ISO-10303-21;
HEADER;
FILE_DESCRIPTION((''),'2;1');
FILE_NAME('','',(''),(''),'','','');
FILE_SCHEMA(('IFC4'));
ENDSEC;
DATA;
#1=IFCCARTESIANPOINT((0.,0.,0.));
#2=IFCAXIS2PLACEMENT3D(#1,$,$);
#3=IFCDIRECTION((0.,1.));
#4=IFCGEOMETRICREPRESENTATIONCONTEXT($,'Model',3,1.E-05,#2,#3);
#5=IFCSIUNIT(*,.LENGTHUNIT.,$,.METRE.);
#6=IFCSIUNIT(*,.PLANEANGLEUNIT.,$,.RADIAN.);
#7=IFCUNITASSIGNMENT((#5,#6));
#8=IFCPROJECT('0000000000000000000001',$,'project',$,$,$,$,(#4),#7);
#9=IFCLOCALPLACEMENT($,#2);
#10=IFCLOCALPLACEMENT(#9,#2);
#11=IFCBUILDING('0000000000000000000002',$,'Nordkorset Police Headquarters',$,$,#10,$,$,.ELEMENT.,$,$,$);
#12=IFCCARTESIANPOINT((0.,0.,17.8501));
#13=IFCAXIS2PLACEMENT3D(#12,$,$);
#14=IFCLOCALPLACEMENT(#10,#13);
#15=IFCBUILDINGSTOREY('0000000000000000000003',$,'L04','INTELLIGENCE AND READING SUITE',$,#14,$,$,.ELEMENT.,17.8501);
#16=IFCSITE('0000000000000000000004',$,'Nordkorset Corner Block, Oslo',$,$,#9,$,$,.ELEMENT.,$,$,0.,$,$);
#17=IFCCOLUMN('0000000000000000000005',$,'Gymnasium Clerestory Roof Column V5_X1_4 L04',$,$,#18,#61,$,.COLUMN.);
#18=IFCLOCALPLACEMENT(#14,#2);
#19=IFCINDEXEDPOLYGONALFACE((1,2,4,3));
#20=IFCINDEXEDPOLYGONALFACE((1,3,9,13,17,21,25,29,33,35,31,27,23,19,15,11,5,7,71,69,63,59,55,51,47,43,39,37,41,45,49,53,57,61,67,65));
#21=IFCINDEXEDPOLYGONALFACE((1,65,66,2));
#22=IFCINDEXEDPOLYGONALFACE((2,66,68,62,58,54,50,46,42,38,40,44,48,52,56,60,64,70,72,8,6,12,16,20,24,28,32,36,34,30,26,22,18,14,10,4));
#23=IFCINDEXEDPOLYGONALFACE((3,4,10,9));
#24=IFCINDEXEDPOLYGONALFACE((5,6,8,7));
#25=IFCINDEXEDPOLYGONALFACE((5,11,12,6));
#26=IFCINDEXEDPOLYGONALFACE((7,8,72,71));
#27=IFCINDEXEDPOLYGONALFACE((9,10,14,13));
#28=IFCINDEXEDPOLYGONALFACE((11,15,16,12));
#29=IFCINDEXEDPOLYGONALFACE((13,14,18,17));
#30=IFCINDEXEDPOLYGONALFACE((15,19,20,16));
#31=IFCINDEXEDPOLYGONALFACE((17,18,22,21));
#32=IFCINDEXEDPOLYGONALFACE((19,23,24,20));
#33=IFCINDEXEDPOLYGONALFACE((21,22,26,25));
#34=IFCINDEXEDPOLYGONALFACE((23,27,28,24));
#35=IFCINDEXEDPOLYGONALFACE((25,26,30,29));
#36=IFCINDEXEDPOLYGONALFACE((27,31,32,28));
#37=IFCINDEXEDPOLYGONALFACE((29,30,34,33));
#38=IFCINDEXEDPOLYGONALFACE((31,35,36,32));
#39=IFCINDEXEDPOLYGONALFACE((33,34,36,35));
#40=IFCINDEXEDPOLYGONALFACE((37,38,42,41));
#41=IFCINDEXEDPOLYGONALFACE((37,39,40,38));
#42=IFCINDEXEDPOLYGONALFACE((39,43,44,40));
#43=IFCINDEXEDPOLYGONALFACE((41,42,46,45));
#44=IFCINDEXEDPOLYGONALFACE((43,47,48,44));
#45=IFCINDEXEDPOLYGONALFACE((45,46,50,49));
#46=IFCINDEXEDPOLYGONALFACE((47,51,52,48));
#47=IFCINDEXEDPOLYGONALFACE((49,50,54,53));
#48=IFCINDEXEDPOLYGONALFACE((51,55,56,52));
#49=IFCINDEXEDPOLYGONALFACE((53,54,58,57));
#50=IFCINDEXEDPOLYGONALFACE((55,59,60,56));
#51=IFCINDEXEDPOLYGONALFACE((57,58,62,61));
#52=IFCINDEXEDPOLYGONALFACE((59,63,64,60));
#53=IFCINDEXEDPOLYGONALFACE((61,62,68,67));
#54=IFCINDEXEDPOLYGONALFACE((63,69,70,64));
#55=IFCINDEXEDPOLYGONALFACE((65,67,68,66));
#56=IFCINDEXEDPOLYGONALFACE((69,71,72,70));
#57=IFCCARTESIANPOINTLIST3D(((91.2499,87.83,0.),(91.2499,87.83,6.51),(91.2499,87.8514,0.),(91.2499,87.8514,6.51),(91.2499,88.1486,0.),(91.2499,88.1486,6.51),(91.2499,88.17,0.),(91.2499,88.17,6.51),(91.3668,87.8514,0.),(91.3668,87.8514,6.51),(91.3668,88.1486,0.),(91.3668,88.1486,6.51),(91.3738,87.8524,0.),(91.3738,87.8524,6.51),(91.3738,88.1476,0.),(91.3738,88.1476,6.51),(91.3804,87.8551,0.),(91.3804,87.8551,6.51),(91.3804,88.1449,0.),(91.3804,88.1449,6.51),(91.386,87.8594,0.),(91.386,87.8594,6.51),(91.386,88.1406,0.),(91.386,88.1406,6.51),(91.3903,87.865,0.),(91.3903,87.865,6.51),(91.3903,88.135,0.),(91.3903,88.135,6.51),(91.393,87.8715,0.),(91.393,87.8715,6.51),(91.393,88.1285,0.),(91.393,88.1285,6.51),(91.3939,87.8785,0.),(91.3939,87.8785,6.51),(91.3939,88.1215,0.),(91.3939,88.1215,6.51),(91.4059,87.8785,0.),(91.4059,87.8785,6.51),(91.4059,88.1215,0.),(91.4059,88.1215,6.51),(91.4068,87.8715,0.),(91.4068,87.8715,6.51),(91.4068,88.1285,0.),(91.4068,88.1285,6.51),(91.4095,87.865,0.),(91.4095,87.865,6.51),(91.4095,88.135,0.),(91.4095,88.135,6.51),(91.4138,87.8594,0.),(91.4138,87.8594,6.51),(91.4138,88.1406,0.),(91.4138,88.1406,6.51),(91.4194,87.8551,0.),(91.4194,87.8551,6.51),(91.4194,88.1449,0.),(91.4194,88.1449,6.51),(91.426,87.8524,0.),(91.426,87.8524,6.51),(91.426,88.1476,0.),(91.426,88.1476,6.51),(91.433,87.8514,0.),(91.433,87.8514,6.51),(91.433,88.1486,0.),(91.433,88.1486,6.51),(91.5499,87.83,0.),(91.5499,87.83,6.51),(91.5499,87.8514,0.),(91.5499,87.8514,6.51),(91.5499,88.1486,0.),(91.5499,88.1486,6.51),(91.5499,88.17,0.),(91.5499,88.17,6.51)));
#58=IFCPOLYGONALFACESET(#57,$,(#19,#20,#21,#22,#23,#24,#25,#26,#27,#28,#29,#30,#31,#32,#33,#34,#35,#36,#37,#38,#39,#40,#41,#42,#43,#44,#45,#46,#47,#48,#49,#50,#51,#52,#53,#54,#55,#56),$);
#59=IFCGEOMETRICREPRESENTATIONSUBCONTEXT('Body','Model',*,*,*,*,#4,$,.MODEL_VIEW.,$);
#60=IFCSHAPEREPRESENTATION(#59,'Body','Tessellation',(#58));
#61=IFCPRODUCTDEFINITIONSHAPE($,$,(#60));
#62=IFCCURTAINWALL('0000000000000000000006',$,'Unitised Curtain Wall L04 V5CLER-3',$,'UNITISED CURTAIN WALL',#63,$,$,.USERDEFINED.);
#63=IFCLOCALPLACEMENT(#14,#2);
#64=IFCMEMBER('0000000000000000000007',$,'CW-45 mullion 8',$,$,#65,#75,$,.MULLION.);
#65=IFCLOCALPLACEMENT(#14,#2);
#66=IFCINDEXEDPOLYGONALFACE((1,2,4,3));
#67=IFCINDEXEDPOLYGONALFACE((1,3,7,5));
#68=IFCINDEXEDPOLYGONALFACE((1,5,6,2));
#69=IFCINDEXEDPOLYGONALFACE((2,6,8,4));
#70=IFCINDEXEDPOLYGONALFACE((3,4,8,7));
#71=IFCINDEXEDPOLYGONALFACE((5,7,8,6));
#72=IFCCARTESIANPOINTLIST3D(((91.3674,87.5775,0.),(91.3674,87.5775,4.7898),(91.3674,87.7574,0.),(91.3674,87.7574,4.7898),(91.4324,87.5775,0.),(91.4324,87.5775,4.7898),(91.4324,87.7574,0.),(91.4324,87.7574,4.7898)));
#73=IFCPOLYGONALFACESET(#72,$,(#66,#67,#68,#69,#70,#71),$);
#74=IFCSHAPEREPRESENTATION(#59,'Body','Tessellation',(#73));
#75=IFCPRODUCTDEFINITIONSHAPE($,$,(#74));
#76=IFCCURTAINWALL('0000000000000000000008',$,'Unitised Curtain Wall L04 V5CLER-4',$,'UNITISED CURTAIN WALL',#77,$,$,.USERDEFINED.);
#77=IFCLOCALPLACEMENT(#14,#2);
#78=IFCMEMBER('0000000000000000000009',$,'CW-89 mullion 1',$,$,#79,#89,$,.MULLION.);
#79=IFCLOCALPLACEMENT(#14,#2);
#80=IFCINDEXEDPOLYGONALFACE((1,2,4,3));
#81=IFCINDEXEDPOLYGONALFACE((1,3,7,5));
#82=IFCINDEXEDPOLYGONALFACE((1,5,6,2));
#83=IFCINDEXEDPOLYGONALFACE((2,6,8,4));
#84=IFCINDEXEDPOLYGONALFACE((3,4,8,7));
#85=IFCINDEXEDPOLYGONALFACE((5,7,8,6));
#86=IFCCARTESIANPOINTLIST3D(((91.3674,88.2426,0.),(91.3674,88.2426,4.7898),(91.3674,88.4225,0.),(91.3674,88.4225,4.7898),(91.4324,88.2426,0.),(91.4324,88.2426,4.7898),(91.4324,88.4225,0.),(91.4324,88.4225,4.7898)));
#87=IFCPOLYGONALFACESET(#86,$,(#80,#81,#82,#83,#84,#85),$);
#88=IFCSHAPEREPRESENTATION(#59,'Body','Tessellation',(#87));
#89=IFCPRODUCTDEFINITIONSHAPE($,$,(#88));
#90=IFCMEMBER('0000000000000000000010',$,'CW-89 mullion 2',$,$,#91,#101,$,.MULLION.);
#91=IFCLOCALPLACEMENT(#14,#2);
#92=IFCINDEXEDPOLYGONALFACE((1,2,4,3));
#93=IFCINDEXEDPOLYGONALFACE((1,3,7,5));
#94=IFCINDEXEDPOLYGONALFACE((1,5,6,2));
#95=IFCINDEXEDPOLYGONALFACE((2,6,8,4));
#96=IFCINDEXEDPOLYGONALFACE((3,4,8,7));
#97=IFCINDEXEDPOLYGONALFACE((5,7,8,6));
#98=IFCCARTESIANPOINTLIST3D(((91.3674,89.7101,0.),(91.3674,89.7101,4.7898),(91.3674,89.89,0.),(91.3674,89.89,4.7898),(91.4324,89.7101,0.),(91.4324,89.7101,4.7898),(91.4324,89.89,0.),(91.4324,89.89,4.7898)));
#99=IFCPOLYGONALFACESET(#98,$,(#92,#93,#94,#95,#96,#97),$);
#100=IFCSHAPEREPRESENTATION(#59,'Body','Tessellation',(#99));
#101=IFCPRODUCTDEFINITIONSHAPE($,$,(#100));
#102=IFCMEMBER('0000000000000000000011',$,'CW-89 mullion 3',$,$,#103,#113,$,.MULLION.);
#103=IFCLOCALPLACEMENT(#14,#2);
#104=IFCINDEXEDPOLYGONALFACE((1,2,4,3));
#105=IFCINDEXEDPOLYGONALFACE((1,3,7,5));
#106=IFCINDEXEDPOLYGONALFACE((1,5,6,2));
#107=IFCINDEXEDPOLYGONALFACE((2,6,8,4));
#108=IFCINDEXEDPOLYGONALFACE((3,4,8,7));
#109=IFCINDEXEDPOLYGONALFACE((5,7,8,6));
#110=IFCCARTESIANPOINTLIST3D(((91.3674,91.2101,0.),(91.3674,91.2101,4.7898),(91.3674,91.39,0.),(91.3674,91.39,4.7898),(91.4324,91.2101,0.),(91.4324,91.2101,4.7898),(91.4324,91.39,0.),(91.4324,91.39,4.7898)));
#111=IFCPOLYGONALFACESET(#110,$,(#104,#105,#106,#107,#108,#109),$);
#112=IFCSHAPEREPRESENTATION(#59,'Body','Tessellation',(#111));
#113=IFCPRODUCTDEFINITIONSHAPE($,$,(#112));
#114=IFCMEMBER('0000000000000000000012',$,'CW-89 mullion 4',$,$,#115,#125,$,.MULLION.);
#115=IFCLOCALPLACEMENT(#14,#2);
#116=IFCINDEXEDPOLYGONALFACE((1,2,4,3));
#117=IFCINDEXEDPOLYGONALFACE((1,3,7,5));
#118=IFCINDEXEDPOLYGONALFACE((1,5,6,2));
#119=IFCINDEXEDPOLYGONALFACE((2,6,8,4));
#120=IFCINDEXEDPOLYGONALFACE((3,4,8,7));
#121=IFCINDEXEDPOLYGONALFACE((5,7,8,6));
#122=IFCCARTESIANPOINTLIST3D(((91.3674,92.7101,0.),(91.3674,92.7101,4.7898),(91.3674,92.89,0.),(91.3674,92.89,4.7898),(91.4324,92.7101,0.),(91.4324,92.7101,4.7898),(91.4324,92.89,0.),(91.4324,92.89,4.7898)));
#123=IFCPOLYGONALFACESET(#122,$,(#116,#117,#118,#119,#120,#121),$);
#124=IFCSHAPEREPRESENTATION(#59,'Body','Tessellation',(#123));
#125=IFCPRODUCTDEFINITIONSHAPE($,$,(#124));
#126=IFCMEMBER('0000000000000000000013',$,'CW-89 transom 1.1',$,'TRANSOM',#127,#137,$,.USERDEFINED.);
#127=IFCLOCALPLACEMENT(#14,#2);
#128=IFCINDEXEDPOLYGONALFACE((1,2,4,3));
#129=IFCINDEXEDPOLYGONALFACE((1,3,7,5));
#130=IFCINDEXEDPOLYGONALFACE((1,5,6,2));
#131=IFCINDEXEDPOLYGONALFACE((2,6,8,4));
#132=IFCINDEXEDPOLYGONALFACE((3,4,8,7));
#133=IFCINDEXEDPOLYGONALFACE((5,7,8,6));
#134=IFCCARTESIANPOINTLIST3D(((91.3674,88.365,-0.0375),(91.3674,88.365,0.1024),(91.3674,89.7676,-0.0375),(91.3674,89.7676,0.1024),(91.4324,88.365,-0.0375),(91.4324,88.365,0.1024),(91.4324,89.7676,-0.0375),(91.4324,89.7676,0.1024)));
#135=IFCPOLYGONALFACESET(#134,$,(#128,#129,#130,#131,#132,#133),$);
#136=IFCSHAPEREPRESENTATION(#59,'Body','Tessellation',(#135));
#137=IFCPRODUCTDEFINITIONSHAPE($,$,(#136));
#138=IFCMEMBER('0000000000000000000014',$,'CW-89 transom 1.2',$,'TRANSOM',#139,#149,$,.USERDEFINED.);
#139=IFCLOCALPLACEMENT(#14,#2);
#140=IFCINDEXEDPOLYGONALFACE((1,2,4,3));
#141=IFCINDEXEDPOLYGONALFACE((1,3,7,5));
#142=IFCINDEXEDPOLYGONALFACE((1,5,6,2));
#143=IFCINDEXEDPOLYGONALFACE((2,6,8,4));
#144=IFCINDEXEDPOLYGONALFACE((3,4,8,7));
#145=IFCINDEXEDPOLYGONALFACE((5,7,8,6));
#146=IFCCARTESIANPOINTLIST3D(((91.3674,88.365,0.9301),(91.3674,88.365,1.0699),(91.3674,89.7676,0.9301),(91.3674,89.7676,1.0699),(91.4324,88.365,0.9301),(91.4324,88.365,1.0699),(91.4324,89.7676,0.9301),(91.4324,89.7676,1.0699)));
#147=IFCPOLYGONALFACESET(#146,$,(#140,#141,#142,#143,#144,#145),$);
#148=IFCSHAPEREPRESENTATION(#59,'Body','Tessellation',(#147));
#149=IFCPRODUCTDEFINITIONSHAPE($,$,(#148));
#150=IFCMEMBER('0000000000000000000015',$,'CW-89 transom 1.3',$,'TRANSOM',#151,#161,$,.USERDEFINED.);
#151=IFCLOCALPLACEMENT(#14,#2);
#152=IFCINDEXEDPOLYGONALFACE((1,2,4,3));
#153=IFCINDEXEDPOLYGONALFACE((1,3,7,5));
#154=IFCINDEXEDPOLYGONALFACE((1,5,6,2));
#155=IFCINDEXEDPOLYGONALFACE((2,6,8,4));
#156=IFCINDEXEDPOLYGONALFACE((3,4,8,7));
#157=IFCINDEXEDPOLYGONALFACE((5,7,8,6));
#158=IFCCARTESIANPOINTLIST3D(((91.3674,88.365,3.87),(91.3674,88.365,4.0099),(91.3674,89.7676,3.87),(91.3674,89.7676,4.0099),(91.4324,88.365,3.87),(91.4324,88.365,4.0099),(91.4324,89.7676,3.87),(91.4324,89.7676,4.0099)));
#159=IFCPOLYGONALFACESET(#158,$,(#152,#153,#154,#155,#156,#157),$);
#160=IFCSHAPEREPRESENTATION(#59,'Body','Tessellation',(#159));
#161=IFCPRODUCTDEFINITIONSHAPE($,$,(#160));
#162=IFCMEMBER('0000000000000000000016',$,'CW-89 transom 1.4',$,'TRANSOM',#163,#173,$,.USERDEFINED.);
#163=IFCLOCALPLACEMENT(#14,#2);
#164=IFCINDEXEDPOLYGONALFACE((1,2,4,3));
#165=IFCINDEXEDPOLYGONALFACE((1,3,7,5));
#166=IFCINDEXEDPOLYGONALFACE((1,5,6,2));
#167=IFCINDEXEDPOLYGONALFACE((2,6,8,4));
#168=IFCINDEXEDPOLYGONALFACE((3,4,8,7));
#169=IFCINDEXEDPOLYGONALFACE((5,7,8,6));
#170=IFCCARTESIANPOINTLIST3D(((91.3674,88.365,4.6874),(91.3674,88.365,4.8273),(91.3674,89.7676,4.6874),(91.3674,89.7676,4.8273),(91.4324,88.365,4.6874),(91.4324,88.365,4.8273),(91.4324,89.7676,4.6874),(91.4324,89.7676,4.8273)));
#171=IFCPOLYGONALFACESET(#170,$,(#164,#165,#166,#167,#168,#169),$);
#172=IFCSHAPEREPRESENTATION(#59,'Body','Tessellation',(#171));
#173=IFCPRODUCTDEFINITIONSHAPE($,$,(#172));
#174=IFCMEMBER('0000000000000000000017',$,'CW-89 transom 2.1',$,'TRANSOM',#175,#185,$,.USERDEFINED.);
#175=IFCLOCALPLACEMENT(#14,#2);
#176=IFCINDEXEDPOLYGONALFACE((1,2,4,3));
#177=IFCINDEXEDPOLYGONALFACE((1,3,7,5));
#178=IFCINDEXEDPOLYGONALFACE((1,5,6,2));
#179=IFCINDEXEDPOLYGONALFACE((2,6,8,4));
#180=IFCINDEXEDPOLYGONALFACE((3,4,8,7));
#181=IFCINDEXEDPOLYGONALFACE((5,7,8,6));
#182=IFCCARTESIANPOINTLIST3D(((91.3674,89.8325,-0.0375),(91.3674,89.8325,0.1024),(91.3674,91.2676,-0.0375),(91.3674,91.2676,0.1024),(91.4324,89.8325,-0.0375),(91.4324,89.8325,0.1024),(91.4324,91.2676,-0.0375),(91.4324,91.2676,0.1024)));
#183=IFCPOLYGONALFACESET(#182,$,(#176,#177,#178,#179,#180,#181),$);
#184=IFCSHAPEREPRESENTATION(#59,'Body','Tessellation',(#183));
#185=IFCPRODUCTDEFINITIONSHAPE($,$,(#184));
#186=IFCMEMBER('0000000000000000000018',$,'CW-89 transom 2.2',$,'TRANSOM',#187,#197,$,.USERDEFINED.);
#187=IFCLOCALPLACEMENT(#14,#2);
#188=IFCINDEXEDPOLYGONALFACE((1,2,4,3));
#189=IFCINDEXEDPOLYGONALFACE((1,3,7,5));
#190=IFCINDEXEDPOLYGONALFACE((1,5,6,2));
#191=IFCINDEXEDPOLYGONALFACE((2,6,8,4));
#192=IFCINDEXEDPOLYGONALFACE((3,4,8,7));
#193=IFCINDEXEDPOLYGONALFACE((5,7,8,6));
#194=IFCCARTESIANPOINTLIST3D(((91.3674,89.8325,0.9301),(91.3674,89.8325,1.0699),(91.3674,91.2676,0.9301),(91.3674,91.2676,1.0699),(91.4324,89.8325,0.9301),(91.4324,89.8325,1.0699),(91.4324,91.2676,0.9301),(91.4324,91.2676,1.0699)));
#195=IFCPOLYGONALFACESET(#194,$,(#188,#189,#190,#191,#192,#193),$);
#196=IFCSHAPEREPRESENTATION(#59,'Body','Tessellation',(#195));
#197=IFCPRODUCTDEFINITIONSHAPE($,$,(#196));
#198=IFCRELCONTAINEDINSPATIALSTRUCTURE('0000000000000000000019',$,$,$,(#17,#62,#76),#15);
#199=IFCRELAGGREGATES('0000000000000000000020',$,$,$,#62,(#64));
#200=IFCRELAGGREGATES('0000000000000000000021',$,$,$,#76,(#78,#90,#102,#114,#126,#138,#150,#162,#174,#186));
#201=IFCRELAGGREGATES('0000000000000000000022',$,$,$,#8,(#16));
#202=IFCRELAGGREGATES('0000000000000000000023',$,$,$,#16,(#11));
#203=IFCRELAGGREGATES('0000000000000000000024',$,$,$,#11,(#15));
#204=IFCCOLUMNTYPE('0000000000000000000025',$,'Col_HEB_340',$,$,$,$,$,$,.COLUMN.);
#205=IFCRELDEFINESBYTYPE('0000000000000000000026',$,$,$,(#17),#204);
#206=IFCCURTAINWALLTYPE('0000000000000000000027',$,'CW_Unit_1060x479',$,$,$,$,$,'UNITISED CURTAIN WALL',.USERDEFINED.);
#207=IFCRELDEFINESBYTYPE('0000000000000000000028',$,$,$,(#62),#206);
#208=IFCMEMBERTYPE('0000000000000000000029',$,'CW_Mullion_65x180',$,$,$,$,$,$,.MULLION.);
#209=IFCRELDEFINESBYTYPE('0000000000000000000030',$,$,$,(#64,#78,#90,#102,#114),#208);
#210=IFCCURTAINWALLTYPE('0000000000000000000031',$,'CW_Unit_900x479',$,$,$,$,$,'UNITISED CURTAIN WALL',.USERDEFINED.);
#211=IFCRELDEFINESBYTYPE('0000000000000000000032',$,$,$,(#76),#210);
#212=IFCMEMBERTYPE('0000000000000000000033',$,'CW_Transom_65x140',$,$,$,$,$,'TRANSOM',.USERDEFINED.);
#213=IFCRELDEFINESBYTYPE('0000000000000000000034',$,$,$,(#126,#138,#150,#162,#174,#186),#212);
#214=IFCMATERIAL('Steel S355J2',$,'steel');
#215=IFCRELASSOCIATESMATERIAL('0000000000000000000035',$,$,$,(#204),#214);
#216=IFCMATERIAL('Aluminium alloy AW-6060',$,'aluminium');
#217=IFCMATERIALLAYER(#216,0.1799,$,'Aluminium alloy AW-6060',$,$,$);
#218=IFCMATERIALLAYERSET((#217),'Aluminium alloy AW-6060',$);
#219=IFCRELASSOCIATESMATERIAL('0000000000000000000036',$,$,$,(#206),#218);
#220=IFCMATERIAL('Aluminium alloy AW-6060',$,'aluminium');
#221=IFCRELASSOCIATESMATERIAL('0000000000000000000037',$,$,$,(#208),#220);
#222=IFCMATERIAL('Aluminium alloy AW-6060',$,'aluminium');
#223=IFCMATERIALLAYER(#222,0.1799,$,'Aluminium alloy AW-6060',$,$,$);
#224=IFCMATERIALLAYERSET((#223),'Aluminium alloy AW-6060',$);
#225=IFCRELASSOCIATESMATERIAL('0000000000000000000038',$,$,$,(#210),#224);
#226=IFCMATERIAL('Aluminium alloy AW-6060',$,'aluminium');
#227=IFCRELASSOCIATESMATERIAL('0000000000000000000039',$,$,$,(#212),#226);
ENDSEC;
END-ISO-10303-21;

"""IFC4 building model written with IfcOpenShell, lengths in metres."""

from ifc_helpers import new_model, si_unit, direction, frame, origin, origin_2d, place, context, subcontext, project, spatial, rectangle, i_section, extrude, material, layer, layer_set, material_profile, profile_set, type_object, element, aggregate, save


model = new_model("IFC4")

# Units and contexts
model_context = context("Model", 3, precision=1e-05, world=origin(), true_north=direction((0.0, 1.0)))
body_context = subcontext(model_context, "Body", "Model", "MODEL_VIEW")
ifc_project = project(units=[si_unit("LENGTHUNIT", "METRE"), si_unit("PLANEANGLEUNIT", "RADIAN")], contexts=[model_context])

# Site, building, storey
site_placement = place(None, origin())
site = spatial("IfcSite", under=ifc_project, at=site_placement, Name="Nordkorset Corner Block, Oslo", CompositionType="ELEMENT", RefElevation=0.0)
building_placement = place(site_placement, origin())
building = spatial("IfcBuilding", under=site, at=building_placement, Name="Nordkorset Police Headquarters", CompositionType="ELEMENT")
storey_placement = place(building_placement, frame((0.0, 0.0, 17.8501)))
storey = spatial("IfcBuildingStorey", under=building, at=storey_placement, Name="L04", Description="INTELLIGENCE AND READING SUITE", CompositionType="ELEMENT", Elevation=17.8501)

# Column
ifc_material_1 = material(Name="Steel S355J2", Category="steel")
ifc_material_profile_1 = material_profile(ifc_material_1, i_section(OverallWidth=0.3, OverallDepth=0.3401, WebThickness=0.012, FlangeThickness=0.0215, FilletRadius=0.0271, at=origin_2d()), Name="HEB 340")
ifc_profile_set_1 = profile_set([ifc_material_profile_1], Name="Steel S355J2")
column_type = type_object("IfcColumnType", Name="Col_HEB_340", PredefinedType="COLUMN", material=ifc_profile_set_1)
column_placement = place(storey_placement, frame((91.3999, 88.0, 0.0), z_axis=(0.0, 0.0, 1.0), x_axis=(1.0, 0.0, 0.0)))
element("IfcColumn", 1, at=column_placement, inside=storey, type_object=column_type, Name="Gymnasium Clerestory Roof Column V5_X1_4 L04", PredefinedType="COLUMN", context=body_context, shape_type="SweptSolid", body=[
    extrude(i_section(OverallWidth=0.3, OverallDepth=0.3401, WebThickness=0.012, FlangeThickness=0.0215, FilletRadius=0.0271, at=origin_2d()), origin(), (0.0, 0.0, 1.0), 6.51),
])

# Curtain wall, member
ifc_material_2 = material(Name="Aluminium alloy AW-6060", Category="aluminium")
ifc_layer_1 = layer(ifc_material_2, 0.1799, Name="Aluminium alloy AW-6060")
ifc_layer_set_1 = layer_set([ifc_layer_1], Name="Aluminium alloy AW-6060")
curtain_wall_type_1 = type_object("IfcCurtainWallType", Name="CW_Unit_1060x479", ElementType="UNITISED CURTAIN WALL", PredefinedType="USERDEFINED", material=ifc_layer_set_1)
curtain_wall_1_placement = place(storey_placement, origin())
curtain_wall_1 = element("IfcCurtainWall", 2, at=curtain_wall_1_placement, inside=storey, type_object=curtain_wall_type_1, Name="Unitised Curtain Wall L04 V5CLER-3", ObjectType="UNITISED CURTAIN WALL", PredefinedType="USERDEFINED")
ifc_material_3 = material(Name="Aluminium alloy AW-6060", Category="aluminium")
ifc_material_profile_2 = material_profile(ifc_material_3, rectangle(XDim=0.0649, YDim=0.1799, at=origin_2d()), Name="ALU MULL 65x180")
ifc_profile_set_2 = profile_set([ifc_material_profile_2], Name="Aluminium alloy AW-6060")
member_type_1 = type_object("IfcMemberType", Name="CW_Mullion_65x180", PredefinedType="MULLION", material=ifc_profile_set_2)
member_1_placement = place(storey_placement, frame((91.3999, 87.6675, 0.0), z_axis=(0.0, 0.0, 1.0), x_axis=(-1.0, 0.0, 0.0)))
member_1 = element("IfcMember", 3, at=member_1_placement, type_object=member_type_1, Name="CW-45 mullion 8", PredefinedType="MULLION", context=body_context, shape_type="SweptSolid", body=[
    extrude(rectangle(XDim=0.0649, YDim=0.1799, at=origin_2d()), origin(), (0.0, 0.0, 1.0), 4.7898),
])

# Curtain wall, members
ifc_material_4 = material(Name="Aluminium alloy AW-6060", Category="aluminium")
ifc_layer_2 = layer(ifc_material_4, 0.1799, Name="Aluminium alloy AW-6060")
ifc_layer_set_2 = layer_set([ifc_layer_2], Name="Aluminium alloy AW-6060")
curtain_wall_type_2 = type_object("IfcCurtainWallType", Name="CW_Unit_900x479", ElementType="UNITISED CURTAIN WALL", PredefinedType="USERDEFINED", material=ifc_layer_set_2)
curtain_wall_2_placement = place(storey_placement, origin())
curtain_wall_2 = element("IfcCurtainWall", 4, at=curtain_wall_2_placement, inside=storey, type_object=curtain_wall_type_2, Name="Unitised Curtain Wall L04 V5CLER-4", ObjectType="UNITISED CURTAIN WALL", PredefinedType="USERDEFINED")
member_2_placement = place(storey_placement, frame((91.3999, 88.3325, 0.0), z_axis=(0.0, 0.0, 1.0), x_axis=(-1.0, 0.0, 0.0)))
member_2 = element("IfcMember", 5, at=member_2_placement, type_object=member_type_1, Name="CW-89 mullion 1", PredefinedType="MULLION", context=body_context, shape_type="SweptSolid", body=[
    extrude(rectangle(XDim=0.0649, YDim=0.1799, at=origin_2d()), origin(), (0.0, 0.0, 1.0), 4.7898),
])
member_3_placement = place(storey_placement, frame((91.3999, 89.8, 0.0), z_axis=(0.0, 0.0, 1.0), x_axis=(-1.0, 0.0, 0.0)))
member_3 = element("IfcMember", 6, at=member_3_placement, type_object=member_type_1, Name="CW-89 mullion 2", PredefinedType="MULLION", context=body_context, shape_type="SweptSolid", body=[
    extrude(rectangle(XDim=0.0649, YDim=0.1799, at=origin_2d()), origin(), (0.0, 0.0, 1.0), 4.7898),
])
member_4_placement = place(storey_placement, frame((91.3999, 91.3, 0.0), z_axis=(0.0, 0.0, 1.0), x_axis=(-1.0, 0.0, 0.0)))
member_4 = element("IfcMember", 7, at=member_4_placement, type_object=member_type_1, Name="CW-89 mullion 3", PredefinedType="MULLION", context=body_context, shape_type="SweptSolid", body=[
    extrude(rectangle(XDim=0.0649, YDim=0.1799, at=origin_2d()), origin(), (0.0, 0.0, 1.0), 4.7898),
])
member_5_placement = place(storey_placement, frame((91.3999, 92.8, 0.0), z_axis=(0.0, 0.0, 1.0), x_axis=(-1.0, 0.0, 0.0)))
member_5 = element("IfcMember", 8, at=member_5_placement, type_object=member_type_1, Name="CW-89 mullion 4", PredefinedType="MULLION", context=body_context, shape_type="SweptSolid", body=[
    extrude(rectangle(XDim=0.0649, YDim=0.1799, at=origin_2d()), origin(), (0.0, 0.0, 1.0), 4.7898),
])
ifc_material_5 = material(Name="Aluminium alloy AW-6060", Category="aluminium")
ifc_material_profile_3 = material_profile(ifc_material_5, rectangle(XDim=0.0649, YDim=0.1399, at=origin_2d()), Name="ALU TRAN 65x140")
ifc_profile_set_3 = profile_set([ifc_material_profile_3], Name="Aluminium alloy AW-6060")
member_type_2 = type_object("IfcMemberType", Name="CW_Transom_65x140", ElementType="TRANSOM", PredefinedType="USERDEFINED", material=ifc_profile_set_3)
member_6_placement = place(storey_placement, frame((91.3999, 88.365, 0.0325), z_axis=(0.0, 1.0, 0.0), x_axis=(-1.0, 0.0, 0.0)))
member_6 = element("IfcMember", 9, at=member_6_placement, type_object=member_type_2, Name="CW-89 transom 1.1", ObjectType="TRANSOM", PredefinedType="USERDEFINED", context=body_context, shape_type="SweptSolid", body=[
    extrude(rectangle(XDim=0.0649, YDim=0.1399, at=origin_2d()), origin(), (0.0, 0.0, 1.0), 1.4026),
])
member_7_placement = place(storey_placement, frame((91.3999, 88.365, 1.0), z_axis=(0.0, 1.0, 0.0), x_axis=(-1.0, 0.0, 0.0)))
member_7 = element("IfcMember", 10, at=member_7_placement, type_object=member_type_2, Name="CW-89 transom 1.2", ObjectType="TRANSOM", PredefinedType="USERDEFINED", context=body_context, shape_type="SweptSolid", body=[
    extrude(rectangle(XDim=0.0649, YDim=0.1399, at=origin_2d()), origin(), (0.0, 0.0, 1.0), 1.4026),
])
member_8_placement = place(storey_placement, frame((91.3999, 88.365, 3.9399), z_axis=(0.0, 1.0, 0.0), x_axis=(-1.0, 0.0, 0.0)))
member_8 = element("IfcMember", 11, at=member_8_placement, type_object=member_type_2, Name="CW-89 transom 1.3", ObjectType="TRANSOM", PredefinedType="USERDEFINED", context=body_context, shape_type="SweptSolid", body=[
    extrude(rectangle(XDim=0.0649, YDim=0.1399, at=origin_2d()), origin(), (0.0, 0.0, 1.0), 1.4026),
])
member_9_placement = place(storey_placement, frame((91.3999, 88.365, 4.7573), z_axis=(0.0, 1.0, 0.0), x_axis=(-1.0, 0.0, 0.0)))
member_9 = element("IfcMember", 12, at=member_9_placement, type_object=member_type_2, Name="CW-89 transom 1.4", ObjectType="TRANSOM", PredefinedType="USERDEFINED", context=body_context, shape_type="SweptSolid", body=[
    extrude(rectangle(XDim=0.0649, YDim=0.1399, at=origin_2d()), origin(), (0.0, 0.0, 1.0), 1.4026),
])
member_10_placement = place(storey_placement, frame((91.3999, 89.8325, 0.0325), z_axis=(0.0, 1.0, 0.0), x_axis=(-1.0, 0.0, 0.0)))
member_10 = element("IfcMember", 13, at=member_10_placement, type_object=member_type_2, Name="CW-89 transom 2.1", ObjectType="TRANSOM", PredefinedType="USERDEFINED", context=body_context, shape_type="SweptSolid", body=[
    extrude(rectangle(XDim=0.0649, YDim=0.1399, at=origin_2d()), origin(), (0.0, 0.0, 1.0), 1.4351),
])
member_11_placement = place(storey_placement, frame((91.3999, 89.8325, 1.0), z_axis=(0.0, 1.0, 0.0), x_axis=(-1.0, 0.0, 0.0)))
member_11 = element("IfcMember", 14, at=member_11_placement, type_object=member_type_2, Name="CW-89 transom 2.2", ObjectType="TRANSOM", PredefinedType="USERDEFINED", context=body_context, shape_type="SweptSolid", body=[
    extrude(rectangle(XDim=0.0649, YDim=0.1399, at=origin_2d()), origin(), (0.0, 0.0, 1.0), 1.4351),
])

aggregate(curtain_wall_1, [member_1])
aggregate(curtain_wall_2, [member_2, member_3, member_4, member_5, member_6, member_7, member_8, member_9, member_10, member_11])

save(model, "model.ifc")
